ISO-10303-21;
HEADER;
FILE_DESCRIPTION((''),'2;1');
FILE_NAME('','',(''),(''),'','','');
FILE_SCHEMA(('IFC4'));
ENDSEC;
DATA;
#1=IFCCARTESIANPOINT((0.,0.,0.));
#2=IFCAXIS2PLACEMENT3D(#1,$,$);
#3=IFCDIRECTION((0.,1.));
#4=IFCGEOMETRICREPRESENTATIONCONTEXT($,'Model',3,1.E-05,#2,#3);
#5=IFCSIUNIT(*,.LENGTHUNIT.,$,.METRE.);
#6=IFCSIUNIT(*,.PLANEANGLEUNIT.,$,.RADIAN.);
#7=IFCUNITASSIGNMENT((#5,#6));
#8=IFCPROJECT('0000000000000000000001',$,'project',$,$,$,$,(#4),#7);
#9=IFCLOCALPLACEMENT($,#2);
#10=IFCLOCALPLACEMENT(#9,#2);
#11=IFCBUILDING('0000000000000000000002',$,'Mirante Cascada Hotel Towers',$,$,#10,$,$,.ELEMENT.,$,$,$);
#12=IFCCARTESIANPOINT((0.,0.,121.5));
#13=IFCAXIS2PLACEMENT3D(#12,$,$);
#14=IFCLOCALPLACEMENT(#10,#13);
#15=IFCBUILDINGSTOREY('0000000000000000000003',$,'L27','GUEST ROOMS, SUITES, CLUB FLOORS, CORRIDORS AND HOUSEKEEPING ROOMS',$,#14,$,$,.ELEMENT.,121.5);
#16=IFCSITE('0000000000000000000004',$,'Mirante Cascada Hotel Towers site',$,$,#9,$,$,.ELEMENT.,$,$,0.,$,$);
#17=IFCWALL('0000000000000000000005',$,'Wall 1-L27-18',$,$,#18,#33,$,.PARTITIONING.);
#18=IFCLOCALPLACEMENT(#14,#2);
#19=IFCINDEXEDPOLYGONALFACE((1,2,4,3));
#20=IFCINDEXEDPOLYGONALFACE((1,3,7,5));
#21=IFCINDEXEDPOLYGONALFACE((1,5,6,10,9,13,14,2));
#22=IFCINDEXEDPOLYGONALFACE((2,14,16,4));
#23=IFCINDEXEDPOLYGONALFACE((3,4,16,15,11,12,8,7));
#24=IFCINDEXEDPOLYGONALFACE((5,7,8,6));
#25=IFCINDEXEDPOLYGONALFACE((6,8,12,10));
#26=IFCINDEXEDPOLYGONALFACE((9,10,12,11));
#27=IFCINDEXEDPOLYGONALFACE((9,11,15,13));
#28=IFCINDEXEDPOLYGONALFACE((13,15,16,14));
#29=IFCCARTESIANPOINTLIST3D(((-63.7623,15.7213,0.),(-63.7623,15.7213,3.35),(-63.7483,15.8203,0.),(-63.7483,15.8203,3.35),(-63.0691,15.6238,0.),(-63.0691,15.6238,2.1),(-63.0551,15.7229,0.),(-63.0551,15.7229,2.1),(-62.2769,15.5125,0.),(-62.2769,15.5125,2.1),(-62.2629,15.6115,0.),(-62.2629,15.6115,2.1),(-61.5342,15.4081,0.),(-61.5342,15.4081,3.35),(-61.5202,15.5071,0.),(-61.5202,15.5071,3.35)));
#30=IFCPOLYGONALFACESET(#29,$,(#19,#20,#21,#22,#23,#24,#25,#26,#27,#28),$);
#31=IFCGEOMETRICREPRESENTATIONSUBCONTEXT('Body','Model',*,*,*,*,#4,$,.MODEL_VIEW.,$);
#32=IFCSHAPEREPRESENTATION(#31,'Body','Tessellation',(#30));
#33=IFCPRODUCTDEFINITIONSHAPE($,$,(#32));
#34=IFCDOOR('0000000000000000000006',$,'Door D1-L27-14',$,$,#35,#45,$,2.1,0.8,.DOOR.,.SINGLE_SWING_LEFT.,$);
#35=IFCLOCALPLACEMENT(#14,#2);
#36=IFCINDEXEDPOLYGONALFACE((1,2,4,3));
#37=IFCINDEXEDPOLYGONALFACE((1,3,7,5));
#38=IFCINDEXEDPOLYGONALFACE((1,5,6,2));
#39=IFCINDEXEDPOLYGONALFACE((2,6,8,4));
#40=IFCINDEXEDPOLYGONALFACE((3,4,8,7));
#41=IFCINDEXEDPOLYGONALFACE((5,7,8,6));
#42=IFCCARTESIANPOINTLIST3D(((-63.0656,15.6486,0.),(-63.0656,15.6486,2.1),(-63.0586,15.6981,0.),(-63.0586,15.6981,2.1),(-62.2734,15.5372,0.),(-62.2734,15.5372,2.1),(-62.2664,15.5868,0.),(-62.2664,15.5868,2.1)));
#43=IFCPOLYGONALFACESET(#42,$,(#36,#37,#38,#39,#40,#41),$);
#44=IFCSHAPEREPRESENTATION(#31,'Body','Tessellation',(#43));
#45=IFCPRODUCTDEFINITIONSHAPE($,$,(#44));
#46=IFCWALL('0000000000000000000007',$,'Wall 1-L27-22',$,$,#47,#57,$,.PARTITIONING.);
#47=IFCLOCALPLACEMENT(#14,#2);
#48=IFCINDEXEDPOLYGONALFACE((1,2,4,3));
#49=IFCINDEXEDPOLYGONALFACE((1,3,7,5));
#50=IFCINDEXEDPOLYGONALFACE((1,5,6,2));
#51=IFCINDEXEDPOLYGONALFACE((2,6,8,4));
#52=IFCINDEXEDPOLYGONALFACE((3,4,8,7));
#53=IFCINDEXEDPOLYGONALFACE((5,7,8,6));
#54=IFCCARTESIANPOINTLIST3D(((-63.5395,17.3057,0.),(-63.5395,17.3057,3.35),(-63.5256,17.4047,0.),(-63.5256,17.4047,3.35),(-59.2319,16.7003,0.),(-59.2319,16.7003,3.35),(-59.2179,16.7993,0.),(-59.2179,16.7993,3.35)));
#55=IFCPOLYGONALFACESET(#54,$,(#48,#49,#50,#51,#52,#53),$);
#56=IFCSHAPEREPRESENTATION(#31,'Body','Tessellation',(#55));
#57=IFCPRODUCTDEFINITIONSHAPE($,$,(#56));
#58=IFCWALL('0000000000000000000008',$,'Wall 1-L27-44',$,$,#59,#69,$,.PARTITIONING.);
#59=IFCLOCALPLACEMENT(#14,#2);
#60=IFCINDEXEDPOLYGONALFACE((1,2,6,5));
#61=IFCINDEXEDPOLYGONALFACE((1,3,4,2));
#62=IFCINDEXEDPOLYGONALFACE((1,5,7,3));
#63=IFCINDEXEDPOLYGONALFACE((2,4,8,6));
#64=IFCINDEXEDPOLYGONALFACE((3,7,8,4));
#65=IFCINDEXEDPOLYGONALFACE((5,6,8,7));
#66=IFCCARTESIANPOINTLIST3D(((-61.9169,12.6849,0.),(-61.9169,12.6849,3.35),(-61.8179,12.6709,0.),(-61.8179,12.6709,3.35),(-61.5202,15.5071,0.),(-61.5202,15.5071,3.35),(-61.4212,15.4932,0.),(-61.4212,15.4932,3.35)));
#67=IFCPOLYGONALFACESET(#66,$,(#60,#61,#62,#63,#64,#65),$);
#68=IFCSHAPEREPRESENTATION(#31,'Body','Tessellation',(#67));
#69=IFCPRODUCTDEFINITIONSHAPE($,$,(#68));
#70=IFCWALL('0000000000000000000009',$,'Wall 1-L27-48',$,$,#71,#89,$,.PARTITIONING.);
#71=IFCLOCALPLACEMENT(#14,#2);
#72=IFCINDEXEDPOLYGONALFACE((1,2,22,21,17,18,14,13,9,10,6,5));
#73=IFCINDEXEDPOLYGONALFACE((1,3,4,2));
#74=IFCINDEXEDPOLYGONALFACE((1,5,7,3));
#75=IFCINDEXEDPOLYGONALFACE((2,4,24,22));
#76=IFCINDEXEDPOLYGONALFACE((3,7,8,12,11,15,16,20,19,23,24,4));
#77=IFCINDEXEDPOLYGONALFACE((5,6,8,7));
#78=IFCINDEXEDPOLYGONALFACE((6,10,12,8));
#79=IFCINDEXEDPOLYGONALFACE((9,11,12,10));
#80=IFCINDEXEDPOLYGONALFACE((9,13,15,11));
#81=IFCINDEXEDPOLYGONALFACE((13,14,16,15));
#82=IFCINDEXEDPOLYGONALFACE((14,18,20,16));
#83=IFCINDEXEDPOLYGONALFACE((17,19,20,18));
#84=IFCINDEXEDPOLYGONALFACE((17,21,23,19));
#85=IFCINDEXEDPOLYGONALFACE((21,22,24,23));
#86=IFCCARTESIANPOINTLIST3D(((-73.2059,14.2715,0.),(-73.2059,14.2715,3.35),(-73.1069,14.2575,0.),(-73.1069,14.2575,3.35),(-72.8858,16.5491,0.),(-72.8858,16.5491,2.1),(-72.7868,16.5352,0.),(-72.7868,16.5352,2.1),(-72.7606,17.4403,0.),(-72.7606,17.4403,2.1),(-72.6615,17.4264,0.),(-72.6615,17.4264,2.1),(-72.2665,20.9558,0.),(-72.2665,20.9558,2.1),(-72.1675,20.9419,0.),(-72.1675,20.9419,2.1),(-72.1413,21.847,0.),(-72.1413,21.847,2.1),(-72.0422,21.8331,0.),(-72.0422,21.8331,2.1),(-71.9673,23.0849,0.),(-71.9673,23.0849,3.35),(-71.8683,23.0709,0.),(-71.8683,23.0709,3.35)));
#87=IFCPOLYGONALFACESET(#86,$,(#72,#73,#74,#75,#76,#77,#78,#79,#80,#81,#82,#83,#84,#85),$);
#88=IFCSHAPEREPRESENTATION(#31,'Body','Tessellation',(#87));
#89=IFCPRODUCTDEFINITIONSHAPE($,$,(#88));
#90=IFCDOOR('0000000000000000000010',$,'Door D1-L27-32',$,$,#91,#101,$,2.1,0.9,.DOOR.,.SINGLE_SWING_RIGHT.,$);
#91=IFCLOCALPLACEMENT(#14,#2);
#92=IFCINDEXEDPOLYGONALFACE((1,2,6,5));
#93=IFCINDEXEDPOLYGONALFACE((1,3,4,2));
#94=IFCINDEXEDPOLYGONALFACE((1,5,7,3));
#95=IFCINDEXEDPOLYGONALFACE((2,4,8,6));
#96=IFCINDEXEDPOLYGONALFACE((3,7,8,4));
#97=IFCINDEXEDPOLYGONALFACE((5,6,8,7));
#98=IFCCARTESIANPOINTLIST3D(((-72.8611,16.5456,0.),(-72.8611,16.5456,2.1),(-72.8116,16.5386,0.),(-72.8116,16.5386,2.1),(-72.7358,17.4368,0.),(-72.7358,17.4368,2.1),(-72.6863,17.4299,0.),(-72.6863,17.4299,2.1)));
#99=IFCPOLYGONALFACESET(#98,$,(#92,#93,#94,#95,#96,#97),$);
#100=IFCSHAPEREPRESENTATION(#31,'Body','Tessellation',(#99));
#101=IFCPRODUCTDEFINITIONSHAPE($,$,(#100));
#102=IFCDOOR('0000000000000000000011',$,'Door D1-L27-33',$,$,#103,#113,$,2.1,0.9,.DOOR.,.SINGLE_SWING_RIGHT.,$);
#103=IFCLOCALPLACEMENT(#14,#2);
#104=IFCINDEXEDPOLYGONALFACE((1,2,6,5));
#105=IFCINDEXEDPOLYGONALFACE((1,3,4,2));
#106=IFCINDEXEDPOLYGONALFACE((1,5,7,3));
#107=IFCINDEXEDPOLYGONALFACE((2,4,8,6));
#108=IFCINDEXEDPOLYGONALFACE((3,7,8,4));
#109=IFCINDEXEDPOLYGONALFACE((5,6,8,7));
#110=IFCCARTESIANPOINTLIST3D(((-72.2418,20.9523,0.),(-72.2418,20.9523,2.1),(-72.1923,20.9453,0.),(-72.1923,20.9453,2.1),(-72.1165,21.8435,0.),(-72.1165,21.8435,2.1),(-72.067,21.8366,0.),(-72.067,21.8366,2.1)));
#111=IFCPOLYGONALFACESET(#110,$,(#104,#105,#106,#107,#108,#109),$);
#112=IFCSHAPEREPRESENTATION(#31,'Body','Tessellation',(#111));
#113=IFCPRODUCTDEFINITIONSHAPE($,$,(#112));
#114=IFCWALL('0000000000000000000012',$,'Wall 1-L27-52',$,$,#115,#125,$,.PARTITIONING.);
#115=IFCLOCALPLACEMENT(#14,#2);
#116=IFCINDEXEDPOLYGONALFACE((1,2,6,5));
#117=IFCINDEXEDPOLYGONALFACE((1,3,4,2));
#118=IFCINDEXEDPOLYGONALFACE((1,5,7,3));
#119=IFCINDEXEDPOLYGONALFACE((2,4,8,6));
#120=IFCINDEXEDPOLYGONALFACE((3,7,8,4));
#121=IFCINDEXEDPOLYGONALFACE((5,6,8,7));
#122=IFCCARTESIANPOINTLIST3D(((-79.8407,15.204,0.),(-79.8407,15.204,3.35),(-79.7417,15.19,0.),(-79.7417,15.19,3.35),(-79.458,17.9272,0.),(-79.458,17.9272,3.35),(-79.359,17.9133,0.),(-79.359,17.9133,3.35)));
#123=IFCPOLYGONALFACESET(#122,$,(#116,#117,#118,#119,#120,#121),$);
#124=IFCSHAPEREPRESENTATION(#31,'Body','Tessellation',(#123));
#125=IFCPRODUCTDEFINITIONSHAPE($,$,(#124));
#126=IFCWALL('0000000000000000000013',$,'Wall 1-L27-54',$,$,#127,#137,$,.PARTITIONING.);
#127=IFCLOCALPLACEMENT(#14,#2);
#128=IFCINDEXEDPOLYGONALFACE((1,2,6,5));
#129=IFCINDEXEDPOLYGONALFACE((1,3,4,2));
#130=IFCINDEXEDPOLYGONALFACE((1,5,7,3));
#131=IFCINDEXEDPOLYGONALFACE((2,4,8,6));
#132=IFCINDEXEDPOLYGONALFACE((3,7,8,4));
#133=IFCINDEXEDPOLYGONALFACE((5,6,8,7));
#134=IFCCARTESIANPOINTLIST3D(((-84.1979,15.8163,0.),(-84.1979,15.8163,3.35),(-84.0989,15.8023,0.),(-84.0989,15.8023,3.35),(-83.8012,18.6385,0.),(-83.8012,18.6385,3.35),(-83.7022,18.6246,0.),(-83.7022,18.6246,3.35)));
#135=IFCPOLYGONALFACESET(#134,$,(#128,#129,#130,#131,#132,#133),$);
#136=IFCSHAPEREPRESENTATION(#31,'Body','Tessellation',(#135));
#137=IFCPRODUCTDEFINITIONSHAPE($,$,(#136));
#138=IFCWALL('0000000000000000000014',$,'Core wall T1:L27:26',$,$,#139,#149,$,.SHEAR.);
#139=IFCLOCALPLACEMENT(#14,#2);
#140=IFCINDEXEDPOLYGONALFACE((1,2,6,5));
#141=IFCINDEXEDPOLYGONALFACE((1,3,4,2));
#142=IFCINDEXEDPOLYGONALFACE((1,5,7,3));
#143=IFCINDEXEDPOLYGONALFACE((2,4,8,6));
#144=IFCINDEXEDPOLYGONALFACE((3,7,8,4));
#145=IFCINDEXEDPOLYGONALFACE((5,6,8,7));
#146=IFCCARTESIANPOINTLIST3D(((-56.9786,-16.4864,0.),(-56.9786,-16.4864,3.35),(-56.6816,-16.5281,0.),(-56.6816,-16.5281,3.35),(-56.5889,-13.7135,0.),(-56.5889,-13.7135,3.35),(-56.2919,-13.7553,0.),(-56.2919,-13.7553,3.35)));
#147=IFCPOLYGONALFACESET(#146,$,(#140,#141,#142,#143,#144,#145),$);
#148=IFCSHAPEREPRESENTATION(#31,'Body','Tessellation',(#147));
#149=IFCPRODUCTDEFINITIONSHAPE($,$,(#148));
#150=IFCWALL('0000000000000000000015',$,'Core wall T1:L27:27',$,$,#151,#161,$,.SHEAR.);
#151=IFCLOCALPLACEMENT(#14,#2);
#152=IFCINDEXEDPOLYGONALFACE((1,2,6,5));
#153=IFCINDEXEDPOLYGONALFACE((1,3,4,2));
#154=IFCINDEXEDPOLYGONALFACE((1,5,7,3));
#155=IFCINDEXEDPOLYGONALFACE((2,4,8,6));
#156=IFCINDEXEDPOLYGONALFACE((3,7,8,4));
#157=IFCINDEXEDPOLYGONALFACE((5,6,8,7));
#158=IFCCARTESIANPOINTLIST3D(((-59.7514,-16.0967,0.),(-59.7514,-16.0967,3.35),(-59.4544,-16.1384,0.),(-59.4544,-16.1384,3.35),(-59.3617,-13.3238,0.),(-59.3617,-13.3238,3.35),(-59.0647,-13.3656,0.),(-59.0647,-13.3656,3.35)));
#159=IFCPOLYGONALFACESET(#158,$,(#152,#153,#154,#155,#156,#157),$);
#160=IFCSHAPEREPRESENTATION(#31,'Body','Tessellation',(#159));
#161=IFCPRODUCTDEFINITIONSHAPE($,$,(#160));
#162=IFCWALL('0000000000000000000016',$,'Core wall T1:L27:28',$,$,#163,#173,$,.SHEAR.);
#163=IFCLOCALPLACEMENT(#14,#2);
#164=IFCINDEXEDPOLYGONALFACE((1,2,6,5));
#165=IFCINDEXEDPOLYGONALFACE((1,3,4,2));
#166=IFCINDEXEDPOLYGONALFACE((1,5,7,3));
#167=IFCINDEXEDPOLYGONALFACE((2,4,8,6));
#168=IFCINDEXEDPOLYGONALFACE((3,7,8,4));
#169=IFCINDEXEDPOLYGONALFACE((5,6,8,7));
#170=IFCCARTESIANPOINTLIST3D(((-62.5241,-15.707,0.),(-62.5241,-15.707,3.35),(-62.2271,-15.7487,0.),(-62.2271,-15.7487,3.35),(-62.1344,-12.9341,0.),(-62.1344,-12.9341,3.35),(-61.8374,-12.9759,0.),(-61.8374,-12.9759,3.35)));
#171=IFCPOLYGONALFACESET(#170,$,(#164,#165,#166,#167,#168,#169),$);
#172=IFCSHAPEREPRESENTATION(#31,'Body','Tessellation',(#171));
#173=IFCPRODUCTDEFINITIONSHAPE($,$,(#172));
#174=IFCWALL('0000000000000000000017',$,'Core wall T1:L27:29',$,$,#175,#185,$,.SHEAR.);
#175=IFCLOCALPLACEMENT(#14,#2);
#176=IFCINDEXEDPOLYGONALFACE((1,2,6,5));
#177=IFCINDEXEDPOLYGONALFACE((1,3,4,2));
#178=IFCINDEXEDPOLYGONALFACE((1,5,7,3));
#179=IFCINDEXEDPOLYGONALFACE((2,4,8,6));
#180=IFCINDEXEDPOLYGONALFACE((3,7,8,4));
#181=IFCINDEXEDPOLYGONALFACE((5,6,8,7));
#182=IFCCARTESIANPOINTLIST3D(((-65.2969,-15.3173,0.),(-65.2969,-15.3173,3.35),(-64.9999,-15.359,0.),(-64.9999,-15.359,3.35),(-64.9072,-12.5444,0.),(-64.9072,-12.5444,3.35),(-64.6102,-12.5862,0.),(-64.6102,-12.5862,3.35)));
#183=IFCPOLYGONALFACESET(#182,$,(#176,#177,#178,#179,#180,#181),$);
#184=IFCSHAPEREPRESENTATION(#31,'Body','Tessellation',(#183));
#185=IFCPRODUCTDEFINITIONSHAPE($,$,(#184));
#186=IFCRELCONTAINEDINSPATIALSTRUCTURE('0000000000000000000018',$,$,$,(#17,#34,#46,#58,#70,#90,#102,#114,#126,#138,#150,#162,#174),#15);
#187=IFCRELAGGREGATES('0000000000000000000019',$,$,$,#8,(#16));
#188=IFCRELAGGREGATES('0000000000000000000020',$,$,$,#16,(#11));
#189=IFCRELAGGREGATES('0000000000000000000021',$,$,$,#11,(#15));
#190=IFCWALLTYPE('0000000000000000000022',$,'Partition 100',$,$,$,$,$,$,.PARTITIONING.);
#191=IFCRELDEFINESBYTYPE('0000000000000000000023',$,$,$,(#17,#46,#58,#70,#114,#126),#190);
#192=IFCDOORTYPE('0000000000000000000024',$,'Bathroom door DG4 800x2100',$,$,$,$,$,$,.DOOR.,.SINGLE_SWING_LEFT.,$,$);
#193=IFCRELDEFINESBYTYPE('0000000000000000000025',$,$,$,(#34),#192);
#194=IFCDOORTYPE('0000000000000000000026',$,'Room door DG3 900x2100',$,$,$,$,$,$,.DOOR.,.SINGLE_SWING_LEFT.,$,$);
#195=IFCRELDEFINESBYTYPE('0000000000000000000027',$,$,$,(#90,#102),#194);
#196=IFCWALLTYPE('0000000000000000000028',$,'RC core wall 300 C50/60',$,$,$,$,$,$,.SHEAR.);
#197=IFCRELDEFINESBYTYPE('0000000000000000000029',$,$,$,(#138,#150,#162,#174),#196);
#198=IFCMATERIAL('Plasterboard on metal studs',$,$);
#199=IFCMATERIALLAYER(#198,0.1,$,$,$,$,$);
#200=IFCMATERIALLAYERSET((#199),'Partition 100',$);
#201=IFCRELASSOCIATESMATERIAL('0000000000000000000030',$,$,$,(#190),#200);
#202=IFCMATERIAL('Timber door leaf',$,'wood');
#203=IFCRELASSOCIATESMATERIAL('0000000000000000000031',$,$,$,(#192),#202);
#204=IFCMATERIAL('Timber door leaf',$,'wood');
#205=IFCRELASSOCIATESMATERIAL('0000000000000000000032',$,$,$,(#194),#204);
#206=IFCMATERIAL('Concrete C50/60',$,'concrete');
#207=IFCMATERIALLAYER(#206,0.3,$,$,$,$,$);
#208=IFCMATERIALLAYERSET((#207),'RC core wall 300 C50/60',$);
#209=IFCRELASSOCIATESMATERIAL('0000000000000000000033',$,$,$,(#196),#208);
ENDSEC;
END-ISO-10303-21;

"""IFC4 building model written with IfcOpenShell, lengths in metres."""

from ifc_helpers import new_model, si_unit, direction, frame, frame_2d, origin, place, context, subcontext, project, spatial, rectangle, extrude, material, layer, layer_set, type_object, element, fill, save


model = new_model("IFC4")

# Units and contexts
model_context = context("Model", 3, precision=1e-05, world=origin(), true_north=direction((0.0, 1.0)))
body_context = subcontext(model_context, "Body", "Model", "MODEL_VIEW")
ifc_project = project(units=[si_unit("LENGTHUNIT", "METRE"), si_unit("PLANEANGLEUNIT", "RADIAN")], contexts=[model_context])

# Site, building, storey
site_placement = place(None, origin())
site = spatial("IfcSite", under=ifc_project, at=site_placement, Name="Mirante Cascada Hotel Towers site", CompositionType="ELEMENT", RefElevation=0.0)
building_placement = place(site_placement, origin())
building = spatial("IfcBuilding", under=site, at=building_placement, Name="Mirante Cascada Hotel Towers", CompositionType="ELEMENT")
storey_placement = place(building_placement, frame((0.0, 0.0, 121.5)))
storey = spatial("IfcBuildingStorey", under=building, at=storey_placement, Name="L27", Description="GUEST ROOMS, SUITES, CLUB FLOORS, CORRIDORS AND HOUSEKEEPING ROOMS", CompositionType="ELEMENT", Elevation=121.5)

# Wall, opening, door
ifc_material_1 = material(Name="Plasterboard on metal studs")
ifc_layer_1 = layer(ifc_material_1, 0.1)
ifc_layer_set_1 = layer_set([ifc_layer_1], Name="Partition 100")
wall_type_1 = type_object("IfcWallType", Name="Partition 100", PredefinedType="PARTITIONING", material=ifc_layer_set_1)
wall_1_placement = place(storey_placement, frame((-61.5272, 15.4576, 0.0), z_axis=(0.0, 0.0, 1.0), x_axis=(-0.990264, 0.1392, 0.0)))
wall_1 = element("IfcWall", 1, at=wall_1_placement, inside=storey, type_object=wall_type_1, Name="Wall 1-L27-18", PredefinedType="PARTITIONING", context=body_context, shape_type="SweptSolid", body=[
    extrude(rectangle(XDim=2.25, YDim=0.1, at=frame_2d((1.125, 0.0))), origin(), (0.0, 0.0, 1.0), 3.35),
])
opening_1_placement = place(wall_1_placement, frame((0.75, 0.0, 0.0)))
opening_1 = element("IfcOpeningElement", 2, at=opening_1_placement, cuts=wall_1, PredefinedType="OPENING", context=body_context, shape_type="SweptSolid", body=[
    extrude(rectangle(XDim=0.8, YDim=2.1, at=frame_2d((0.4, 1.05))), frame((0.0, 0.05, 0.0), z_axis=(0.0, -1.0, 0.0), x_axis=(1.0, 0.0, 0.0)), (0.0, 0.0, 1.0), 0.1),
])
ifc_material_2 = material(Name="Timber door leaf", Category="wood")
door_type_1 = type_object("IfcDoorType", Name="Bathroom door DG4 800x2100", OperationType="SINGLE_SWING_LEFT", PredefinedType="DOOR", material=ifc_material_2)
door_1_placement = place(opening_1_placement, origin())
door_1 = element("IfcDoor", 3, at=door_1_placement, inside=storey, type_object=door_type_1, Name="Door D1-L27-14", OperationType="SINGLE_SWING_LEFT", OverallHeight=2.1, OverallWidth=0.8, PredefinedType="DOOR", context=body_context, shape_type="SweptSolid", body=[
    extrude(rectangle(XDim=0.8, YDim=2.1, at=frame_2d((0.4, 1.05))), frame((0.0, 0.025, 0.0), z_axis=(0.0, -1.0, 0.0), x_axis=(1.0, 0.0, 0.0)), (0.0, 0.0, 1.0), 0.05),
])
fill(opening_1, door_1)

# Walls
wall_2_placement = place(storey_placement, frame((-59.2249, 16.7498, 0.0), z_axis=(0.0, 0.0, 1.0), x_axis=(-0.990268, 0.139171, 0.0)))
element("IfcWall", 4, at=wall_2_placement, inside=storey, type_object=wall_type_1, Name="Wall 1-L27-22", PredefinedType="PARTITIONING", context=body_context, shape_type="SweptSolid", body=[
    extrude(rectangle(XDim=4.35, YDim=0.1, at=frame_2d((2.175, 0.0))), origin(), (0.0, 0.0, 1.0), 3.35),
])
wall_3_placement = place(storey_placement, frame((-61.8674, 12.6779, 0.0), z_axis=(0.0, 0.0, 1.0), x_axis=(0.139191, 0.990266, 0.0)))
element("IfcWall", 5, at=wall_3_placement, inside=storey, type_object=wall_type_1, Name="Wall 1-L27-44", PredefinedType="PARTITIONING", context=body_context, shape_type="SweptSolid", body=[
    extrude(rectangle(XDim=2.85, YDim=0.1, at=frame_2d((1.425, 0.0))), origin(), (0.0, 0.0, 1.0), 3.35),
])

# Wall, openings, doors
wall_4_placement = place(storey_placement, frame((-73.1564, 14.2645, 0.0), z_axis=(0.0, 0.0, 1.0), x_axis=(0.139168, 0.990269, 0.0)))
wall_4 = element("IfcWall", 6, at=wall_4_placement, inside=storey, type_object=wall_type_1, Name="Wall 1-L27-48", PredefinedType="PARTITIONING", context=body_context, shape_type="SweptSolid", body=[
    extrude(rectangle(XDim=8.9, YDim=0.1, at=frame_2d((4.45, 0.0))), origin(), (0.0, 0.0, 1.0), 3.35),
])
opening_2_placement = place(wall_4_placement, frame((2.3, 0.0, 0.0)))
opening_2 = element("IfcOpeningElement", 7, at=opening_2_placement, cuts=wall_4, PredefinedType="OPENING", context=body_context, shape_type="SweptSolid", body=[
    extrude(rectangle(XDim=0.9, YDim=2.1, at=frame_2d((0.45, 1.05))), frame((0.0, 0.05, 0.0), z_axis=(0.0, -1.0, 0.0), x_axis=(1.0, 0.0, 0.0)), (0.0, 0.0, 1.0), 0.1),
])
opening_3_placement = place(wall_4_placement, frame((6.75, 0.0, 0.0)))
opening_3 = element("IfcOpeningElement", 8, at=opening_3_placement, cuts=wall_4, PredefinedType="OPENING", context=body_context, shape_type="SweptSolid", body=[
    extrude(rectangle(XDim=0.9, YDim=2.1, at=frame_2d((0.45, 1.05))), frame((0.0, 0.05, 0.0), z_axis=(0.0, -1.0, 0.0), x_axis=(1.0, 0.0, 0.0)), (0.0, 0.0, 1.0), 0.1),
])
ifc_material_3 = material(Name="Timber door leaf", Category="wood")
door_type_2 = type_object("IfcDoorType", Name="Room door DG3 900x2100", OperationType="SINGLE_SWING_LEFT", PredefinedType="DOOR", material=ifc_material_3)
door_2_placement = place(opening_2_placement, frame((0.9, 0.0, 0.0), z_axis=(0.0, 0.0, 1.0), x_axis=(-1.0, 0.0, 0.0)))
door_2 = element("IfcDoor", 9, at=door_2_placement, inside=storey, type_object=door_type_2, Name="Door D1-L27-32", OperationType="SINGLE_SWING_RIGHT", OverallHeight=2.1, OverallWidth=0.9, PredefinedType="DOOR", context=body_context, shape_type="SweptSolid", body=[
    extrude(rectangle(XDim=0.9, YDim=2.1, at=frame_2d((0.45, 1.05))), frame((0.0, 0.025, 0.0), z_axis=(0.0, -1.0, 0.0), x_axis=(1.0, 0.0, 0.0)), (0.0, 0.0, 1.0), 0.05),
])
fill(opening_2, door_2)
door_3_placement = place(opening_3_placement, frame((0.9, 0.0, 0.0), z_axis=(0.0, 0.0, 1.0), x_axis=(-1.0, 0.0, 0.0)))
door_3 = element("IfcDoor", 10, at=door_3_placement, inside=storey, type_object=door_type_2, Name="Door D1-L27-33", OperationType="SINGLE_SWING_RIGHT", OverallHeight=2.1, OverallWidth=0.9, PredefinedType="DOOR", context=body_context, shape_type="SweptSolid", body=[
    extrude(rectangle(XDim=0.9, YDim=2.1, at=frame_2d((0.45, 1.05))), frame((0.0, 0.025, 0.0), z_axis=(0.0, -1.0, 0.0), x_axis=(1.0, 0.0, 0.0)), (0.0, 0.0, 1.0), 0.05),
])
fill(opening_3, door_3)

# Walls
wall_5_placement = place(storey_placement, frame((-79.7912, 15.197, 0.0), z_axis=(0.0, 0.0, 1.0), x_axis=(0.139166, 0.990269, 0.0)))
element("IfcWall", 11, at=wall_5_placement, inside=storey, type_object=wall_type_1, Name="Wall 1-L27-52", PredefinedType="PARTITIONING", context=body_context, shape_type="SweptSolid", body=[
    extrude(rectangle(XDim=2.75, YDim=0.1, at=frame_2d((1.375, 0.0))), origin(), (0.0, 0.0, 1.0), 3.35),
])
wall_6_placement = place(storey_placement, frame((-84.1484, 15.8093, 0.0), z_axis=(0.0, 0.0, 1.0), x_axis=(0.139191, 0.990266, 0.0)))
element("IfcWall", 12, at=wall_6_placement, inside=storey, type_object=wall_type_1, Name="Wall 1-L27-54", PredefinedType="PARTITIONING", context=body_context, shape_type="SweptSolid", body=[
    extrude(rectangle(XDim=2.85, YDim=0.1, at=frame_2d((1.425, 0.0))), origin(), (0.0, 0.0, 1.0), 3.35),
])
ifc_material_4 = material(Name="Concrete C50/60", Category="concrete")
ifc_layer_2 = layer(ifc_material_4, 0.3)
ifc_layer_set_2 = layer_set([ifc_layer_2], Name="RC core wall 300 C50/60")
wall_type_2 = type_object("IfcWallType", Name="RC core wall 300 C50/60", PredefinedType="SHEAR", material=ifc_layer_set_2)
for number, where, z_axis, x_axis, name in (
    (13, (-56.8301, -16.5072, 0.0), (0.0, 0.0, 1.0), (0.139176, 0.990268, 0.0), "Core wall T1:L27:26"),
    (14, (-59.6029, -16.1175, 0.0), (0.0, 0.0, 1.0), (0.139176, 0.990268, 0.0), "Core wall T1:L27:27"),
    (15, (-62.3756, -15.7278, 0.0), (0.0, 0.0, 1.0), (0.139176, 0.990268, 0.0), "Core wall T1:L27:28"),
    (16, (-65.1484, -15.3381, 0.0), (0.0, 0.0, 1.0), (0.139176, 0.990268, 0.0), "Core wall T1:L27:29"),
):
    element("IfcWall", number, at=place(storey_placement, frame(where, z_axis=z_axis, x_axis=x_axis)), inside=storey, type_object=wall_type_2, Name=name, PredefinedType="SHEAR", context=body_context, shape_type="SweptSolid", body=[
        extrude(rectangle(XDim=2.8001, YDim=0.3, at=frame_2d((1.4, 0.0))), origin(), (0.0, 0.0, 1.0), 3.35),
    ])

save(model, "model.ifc")
